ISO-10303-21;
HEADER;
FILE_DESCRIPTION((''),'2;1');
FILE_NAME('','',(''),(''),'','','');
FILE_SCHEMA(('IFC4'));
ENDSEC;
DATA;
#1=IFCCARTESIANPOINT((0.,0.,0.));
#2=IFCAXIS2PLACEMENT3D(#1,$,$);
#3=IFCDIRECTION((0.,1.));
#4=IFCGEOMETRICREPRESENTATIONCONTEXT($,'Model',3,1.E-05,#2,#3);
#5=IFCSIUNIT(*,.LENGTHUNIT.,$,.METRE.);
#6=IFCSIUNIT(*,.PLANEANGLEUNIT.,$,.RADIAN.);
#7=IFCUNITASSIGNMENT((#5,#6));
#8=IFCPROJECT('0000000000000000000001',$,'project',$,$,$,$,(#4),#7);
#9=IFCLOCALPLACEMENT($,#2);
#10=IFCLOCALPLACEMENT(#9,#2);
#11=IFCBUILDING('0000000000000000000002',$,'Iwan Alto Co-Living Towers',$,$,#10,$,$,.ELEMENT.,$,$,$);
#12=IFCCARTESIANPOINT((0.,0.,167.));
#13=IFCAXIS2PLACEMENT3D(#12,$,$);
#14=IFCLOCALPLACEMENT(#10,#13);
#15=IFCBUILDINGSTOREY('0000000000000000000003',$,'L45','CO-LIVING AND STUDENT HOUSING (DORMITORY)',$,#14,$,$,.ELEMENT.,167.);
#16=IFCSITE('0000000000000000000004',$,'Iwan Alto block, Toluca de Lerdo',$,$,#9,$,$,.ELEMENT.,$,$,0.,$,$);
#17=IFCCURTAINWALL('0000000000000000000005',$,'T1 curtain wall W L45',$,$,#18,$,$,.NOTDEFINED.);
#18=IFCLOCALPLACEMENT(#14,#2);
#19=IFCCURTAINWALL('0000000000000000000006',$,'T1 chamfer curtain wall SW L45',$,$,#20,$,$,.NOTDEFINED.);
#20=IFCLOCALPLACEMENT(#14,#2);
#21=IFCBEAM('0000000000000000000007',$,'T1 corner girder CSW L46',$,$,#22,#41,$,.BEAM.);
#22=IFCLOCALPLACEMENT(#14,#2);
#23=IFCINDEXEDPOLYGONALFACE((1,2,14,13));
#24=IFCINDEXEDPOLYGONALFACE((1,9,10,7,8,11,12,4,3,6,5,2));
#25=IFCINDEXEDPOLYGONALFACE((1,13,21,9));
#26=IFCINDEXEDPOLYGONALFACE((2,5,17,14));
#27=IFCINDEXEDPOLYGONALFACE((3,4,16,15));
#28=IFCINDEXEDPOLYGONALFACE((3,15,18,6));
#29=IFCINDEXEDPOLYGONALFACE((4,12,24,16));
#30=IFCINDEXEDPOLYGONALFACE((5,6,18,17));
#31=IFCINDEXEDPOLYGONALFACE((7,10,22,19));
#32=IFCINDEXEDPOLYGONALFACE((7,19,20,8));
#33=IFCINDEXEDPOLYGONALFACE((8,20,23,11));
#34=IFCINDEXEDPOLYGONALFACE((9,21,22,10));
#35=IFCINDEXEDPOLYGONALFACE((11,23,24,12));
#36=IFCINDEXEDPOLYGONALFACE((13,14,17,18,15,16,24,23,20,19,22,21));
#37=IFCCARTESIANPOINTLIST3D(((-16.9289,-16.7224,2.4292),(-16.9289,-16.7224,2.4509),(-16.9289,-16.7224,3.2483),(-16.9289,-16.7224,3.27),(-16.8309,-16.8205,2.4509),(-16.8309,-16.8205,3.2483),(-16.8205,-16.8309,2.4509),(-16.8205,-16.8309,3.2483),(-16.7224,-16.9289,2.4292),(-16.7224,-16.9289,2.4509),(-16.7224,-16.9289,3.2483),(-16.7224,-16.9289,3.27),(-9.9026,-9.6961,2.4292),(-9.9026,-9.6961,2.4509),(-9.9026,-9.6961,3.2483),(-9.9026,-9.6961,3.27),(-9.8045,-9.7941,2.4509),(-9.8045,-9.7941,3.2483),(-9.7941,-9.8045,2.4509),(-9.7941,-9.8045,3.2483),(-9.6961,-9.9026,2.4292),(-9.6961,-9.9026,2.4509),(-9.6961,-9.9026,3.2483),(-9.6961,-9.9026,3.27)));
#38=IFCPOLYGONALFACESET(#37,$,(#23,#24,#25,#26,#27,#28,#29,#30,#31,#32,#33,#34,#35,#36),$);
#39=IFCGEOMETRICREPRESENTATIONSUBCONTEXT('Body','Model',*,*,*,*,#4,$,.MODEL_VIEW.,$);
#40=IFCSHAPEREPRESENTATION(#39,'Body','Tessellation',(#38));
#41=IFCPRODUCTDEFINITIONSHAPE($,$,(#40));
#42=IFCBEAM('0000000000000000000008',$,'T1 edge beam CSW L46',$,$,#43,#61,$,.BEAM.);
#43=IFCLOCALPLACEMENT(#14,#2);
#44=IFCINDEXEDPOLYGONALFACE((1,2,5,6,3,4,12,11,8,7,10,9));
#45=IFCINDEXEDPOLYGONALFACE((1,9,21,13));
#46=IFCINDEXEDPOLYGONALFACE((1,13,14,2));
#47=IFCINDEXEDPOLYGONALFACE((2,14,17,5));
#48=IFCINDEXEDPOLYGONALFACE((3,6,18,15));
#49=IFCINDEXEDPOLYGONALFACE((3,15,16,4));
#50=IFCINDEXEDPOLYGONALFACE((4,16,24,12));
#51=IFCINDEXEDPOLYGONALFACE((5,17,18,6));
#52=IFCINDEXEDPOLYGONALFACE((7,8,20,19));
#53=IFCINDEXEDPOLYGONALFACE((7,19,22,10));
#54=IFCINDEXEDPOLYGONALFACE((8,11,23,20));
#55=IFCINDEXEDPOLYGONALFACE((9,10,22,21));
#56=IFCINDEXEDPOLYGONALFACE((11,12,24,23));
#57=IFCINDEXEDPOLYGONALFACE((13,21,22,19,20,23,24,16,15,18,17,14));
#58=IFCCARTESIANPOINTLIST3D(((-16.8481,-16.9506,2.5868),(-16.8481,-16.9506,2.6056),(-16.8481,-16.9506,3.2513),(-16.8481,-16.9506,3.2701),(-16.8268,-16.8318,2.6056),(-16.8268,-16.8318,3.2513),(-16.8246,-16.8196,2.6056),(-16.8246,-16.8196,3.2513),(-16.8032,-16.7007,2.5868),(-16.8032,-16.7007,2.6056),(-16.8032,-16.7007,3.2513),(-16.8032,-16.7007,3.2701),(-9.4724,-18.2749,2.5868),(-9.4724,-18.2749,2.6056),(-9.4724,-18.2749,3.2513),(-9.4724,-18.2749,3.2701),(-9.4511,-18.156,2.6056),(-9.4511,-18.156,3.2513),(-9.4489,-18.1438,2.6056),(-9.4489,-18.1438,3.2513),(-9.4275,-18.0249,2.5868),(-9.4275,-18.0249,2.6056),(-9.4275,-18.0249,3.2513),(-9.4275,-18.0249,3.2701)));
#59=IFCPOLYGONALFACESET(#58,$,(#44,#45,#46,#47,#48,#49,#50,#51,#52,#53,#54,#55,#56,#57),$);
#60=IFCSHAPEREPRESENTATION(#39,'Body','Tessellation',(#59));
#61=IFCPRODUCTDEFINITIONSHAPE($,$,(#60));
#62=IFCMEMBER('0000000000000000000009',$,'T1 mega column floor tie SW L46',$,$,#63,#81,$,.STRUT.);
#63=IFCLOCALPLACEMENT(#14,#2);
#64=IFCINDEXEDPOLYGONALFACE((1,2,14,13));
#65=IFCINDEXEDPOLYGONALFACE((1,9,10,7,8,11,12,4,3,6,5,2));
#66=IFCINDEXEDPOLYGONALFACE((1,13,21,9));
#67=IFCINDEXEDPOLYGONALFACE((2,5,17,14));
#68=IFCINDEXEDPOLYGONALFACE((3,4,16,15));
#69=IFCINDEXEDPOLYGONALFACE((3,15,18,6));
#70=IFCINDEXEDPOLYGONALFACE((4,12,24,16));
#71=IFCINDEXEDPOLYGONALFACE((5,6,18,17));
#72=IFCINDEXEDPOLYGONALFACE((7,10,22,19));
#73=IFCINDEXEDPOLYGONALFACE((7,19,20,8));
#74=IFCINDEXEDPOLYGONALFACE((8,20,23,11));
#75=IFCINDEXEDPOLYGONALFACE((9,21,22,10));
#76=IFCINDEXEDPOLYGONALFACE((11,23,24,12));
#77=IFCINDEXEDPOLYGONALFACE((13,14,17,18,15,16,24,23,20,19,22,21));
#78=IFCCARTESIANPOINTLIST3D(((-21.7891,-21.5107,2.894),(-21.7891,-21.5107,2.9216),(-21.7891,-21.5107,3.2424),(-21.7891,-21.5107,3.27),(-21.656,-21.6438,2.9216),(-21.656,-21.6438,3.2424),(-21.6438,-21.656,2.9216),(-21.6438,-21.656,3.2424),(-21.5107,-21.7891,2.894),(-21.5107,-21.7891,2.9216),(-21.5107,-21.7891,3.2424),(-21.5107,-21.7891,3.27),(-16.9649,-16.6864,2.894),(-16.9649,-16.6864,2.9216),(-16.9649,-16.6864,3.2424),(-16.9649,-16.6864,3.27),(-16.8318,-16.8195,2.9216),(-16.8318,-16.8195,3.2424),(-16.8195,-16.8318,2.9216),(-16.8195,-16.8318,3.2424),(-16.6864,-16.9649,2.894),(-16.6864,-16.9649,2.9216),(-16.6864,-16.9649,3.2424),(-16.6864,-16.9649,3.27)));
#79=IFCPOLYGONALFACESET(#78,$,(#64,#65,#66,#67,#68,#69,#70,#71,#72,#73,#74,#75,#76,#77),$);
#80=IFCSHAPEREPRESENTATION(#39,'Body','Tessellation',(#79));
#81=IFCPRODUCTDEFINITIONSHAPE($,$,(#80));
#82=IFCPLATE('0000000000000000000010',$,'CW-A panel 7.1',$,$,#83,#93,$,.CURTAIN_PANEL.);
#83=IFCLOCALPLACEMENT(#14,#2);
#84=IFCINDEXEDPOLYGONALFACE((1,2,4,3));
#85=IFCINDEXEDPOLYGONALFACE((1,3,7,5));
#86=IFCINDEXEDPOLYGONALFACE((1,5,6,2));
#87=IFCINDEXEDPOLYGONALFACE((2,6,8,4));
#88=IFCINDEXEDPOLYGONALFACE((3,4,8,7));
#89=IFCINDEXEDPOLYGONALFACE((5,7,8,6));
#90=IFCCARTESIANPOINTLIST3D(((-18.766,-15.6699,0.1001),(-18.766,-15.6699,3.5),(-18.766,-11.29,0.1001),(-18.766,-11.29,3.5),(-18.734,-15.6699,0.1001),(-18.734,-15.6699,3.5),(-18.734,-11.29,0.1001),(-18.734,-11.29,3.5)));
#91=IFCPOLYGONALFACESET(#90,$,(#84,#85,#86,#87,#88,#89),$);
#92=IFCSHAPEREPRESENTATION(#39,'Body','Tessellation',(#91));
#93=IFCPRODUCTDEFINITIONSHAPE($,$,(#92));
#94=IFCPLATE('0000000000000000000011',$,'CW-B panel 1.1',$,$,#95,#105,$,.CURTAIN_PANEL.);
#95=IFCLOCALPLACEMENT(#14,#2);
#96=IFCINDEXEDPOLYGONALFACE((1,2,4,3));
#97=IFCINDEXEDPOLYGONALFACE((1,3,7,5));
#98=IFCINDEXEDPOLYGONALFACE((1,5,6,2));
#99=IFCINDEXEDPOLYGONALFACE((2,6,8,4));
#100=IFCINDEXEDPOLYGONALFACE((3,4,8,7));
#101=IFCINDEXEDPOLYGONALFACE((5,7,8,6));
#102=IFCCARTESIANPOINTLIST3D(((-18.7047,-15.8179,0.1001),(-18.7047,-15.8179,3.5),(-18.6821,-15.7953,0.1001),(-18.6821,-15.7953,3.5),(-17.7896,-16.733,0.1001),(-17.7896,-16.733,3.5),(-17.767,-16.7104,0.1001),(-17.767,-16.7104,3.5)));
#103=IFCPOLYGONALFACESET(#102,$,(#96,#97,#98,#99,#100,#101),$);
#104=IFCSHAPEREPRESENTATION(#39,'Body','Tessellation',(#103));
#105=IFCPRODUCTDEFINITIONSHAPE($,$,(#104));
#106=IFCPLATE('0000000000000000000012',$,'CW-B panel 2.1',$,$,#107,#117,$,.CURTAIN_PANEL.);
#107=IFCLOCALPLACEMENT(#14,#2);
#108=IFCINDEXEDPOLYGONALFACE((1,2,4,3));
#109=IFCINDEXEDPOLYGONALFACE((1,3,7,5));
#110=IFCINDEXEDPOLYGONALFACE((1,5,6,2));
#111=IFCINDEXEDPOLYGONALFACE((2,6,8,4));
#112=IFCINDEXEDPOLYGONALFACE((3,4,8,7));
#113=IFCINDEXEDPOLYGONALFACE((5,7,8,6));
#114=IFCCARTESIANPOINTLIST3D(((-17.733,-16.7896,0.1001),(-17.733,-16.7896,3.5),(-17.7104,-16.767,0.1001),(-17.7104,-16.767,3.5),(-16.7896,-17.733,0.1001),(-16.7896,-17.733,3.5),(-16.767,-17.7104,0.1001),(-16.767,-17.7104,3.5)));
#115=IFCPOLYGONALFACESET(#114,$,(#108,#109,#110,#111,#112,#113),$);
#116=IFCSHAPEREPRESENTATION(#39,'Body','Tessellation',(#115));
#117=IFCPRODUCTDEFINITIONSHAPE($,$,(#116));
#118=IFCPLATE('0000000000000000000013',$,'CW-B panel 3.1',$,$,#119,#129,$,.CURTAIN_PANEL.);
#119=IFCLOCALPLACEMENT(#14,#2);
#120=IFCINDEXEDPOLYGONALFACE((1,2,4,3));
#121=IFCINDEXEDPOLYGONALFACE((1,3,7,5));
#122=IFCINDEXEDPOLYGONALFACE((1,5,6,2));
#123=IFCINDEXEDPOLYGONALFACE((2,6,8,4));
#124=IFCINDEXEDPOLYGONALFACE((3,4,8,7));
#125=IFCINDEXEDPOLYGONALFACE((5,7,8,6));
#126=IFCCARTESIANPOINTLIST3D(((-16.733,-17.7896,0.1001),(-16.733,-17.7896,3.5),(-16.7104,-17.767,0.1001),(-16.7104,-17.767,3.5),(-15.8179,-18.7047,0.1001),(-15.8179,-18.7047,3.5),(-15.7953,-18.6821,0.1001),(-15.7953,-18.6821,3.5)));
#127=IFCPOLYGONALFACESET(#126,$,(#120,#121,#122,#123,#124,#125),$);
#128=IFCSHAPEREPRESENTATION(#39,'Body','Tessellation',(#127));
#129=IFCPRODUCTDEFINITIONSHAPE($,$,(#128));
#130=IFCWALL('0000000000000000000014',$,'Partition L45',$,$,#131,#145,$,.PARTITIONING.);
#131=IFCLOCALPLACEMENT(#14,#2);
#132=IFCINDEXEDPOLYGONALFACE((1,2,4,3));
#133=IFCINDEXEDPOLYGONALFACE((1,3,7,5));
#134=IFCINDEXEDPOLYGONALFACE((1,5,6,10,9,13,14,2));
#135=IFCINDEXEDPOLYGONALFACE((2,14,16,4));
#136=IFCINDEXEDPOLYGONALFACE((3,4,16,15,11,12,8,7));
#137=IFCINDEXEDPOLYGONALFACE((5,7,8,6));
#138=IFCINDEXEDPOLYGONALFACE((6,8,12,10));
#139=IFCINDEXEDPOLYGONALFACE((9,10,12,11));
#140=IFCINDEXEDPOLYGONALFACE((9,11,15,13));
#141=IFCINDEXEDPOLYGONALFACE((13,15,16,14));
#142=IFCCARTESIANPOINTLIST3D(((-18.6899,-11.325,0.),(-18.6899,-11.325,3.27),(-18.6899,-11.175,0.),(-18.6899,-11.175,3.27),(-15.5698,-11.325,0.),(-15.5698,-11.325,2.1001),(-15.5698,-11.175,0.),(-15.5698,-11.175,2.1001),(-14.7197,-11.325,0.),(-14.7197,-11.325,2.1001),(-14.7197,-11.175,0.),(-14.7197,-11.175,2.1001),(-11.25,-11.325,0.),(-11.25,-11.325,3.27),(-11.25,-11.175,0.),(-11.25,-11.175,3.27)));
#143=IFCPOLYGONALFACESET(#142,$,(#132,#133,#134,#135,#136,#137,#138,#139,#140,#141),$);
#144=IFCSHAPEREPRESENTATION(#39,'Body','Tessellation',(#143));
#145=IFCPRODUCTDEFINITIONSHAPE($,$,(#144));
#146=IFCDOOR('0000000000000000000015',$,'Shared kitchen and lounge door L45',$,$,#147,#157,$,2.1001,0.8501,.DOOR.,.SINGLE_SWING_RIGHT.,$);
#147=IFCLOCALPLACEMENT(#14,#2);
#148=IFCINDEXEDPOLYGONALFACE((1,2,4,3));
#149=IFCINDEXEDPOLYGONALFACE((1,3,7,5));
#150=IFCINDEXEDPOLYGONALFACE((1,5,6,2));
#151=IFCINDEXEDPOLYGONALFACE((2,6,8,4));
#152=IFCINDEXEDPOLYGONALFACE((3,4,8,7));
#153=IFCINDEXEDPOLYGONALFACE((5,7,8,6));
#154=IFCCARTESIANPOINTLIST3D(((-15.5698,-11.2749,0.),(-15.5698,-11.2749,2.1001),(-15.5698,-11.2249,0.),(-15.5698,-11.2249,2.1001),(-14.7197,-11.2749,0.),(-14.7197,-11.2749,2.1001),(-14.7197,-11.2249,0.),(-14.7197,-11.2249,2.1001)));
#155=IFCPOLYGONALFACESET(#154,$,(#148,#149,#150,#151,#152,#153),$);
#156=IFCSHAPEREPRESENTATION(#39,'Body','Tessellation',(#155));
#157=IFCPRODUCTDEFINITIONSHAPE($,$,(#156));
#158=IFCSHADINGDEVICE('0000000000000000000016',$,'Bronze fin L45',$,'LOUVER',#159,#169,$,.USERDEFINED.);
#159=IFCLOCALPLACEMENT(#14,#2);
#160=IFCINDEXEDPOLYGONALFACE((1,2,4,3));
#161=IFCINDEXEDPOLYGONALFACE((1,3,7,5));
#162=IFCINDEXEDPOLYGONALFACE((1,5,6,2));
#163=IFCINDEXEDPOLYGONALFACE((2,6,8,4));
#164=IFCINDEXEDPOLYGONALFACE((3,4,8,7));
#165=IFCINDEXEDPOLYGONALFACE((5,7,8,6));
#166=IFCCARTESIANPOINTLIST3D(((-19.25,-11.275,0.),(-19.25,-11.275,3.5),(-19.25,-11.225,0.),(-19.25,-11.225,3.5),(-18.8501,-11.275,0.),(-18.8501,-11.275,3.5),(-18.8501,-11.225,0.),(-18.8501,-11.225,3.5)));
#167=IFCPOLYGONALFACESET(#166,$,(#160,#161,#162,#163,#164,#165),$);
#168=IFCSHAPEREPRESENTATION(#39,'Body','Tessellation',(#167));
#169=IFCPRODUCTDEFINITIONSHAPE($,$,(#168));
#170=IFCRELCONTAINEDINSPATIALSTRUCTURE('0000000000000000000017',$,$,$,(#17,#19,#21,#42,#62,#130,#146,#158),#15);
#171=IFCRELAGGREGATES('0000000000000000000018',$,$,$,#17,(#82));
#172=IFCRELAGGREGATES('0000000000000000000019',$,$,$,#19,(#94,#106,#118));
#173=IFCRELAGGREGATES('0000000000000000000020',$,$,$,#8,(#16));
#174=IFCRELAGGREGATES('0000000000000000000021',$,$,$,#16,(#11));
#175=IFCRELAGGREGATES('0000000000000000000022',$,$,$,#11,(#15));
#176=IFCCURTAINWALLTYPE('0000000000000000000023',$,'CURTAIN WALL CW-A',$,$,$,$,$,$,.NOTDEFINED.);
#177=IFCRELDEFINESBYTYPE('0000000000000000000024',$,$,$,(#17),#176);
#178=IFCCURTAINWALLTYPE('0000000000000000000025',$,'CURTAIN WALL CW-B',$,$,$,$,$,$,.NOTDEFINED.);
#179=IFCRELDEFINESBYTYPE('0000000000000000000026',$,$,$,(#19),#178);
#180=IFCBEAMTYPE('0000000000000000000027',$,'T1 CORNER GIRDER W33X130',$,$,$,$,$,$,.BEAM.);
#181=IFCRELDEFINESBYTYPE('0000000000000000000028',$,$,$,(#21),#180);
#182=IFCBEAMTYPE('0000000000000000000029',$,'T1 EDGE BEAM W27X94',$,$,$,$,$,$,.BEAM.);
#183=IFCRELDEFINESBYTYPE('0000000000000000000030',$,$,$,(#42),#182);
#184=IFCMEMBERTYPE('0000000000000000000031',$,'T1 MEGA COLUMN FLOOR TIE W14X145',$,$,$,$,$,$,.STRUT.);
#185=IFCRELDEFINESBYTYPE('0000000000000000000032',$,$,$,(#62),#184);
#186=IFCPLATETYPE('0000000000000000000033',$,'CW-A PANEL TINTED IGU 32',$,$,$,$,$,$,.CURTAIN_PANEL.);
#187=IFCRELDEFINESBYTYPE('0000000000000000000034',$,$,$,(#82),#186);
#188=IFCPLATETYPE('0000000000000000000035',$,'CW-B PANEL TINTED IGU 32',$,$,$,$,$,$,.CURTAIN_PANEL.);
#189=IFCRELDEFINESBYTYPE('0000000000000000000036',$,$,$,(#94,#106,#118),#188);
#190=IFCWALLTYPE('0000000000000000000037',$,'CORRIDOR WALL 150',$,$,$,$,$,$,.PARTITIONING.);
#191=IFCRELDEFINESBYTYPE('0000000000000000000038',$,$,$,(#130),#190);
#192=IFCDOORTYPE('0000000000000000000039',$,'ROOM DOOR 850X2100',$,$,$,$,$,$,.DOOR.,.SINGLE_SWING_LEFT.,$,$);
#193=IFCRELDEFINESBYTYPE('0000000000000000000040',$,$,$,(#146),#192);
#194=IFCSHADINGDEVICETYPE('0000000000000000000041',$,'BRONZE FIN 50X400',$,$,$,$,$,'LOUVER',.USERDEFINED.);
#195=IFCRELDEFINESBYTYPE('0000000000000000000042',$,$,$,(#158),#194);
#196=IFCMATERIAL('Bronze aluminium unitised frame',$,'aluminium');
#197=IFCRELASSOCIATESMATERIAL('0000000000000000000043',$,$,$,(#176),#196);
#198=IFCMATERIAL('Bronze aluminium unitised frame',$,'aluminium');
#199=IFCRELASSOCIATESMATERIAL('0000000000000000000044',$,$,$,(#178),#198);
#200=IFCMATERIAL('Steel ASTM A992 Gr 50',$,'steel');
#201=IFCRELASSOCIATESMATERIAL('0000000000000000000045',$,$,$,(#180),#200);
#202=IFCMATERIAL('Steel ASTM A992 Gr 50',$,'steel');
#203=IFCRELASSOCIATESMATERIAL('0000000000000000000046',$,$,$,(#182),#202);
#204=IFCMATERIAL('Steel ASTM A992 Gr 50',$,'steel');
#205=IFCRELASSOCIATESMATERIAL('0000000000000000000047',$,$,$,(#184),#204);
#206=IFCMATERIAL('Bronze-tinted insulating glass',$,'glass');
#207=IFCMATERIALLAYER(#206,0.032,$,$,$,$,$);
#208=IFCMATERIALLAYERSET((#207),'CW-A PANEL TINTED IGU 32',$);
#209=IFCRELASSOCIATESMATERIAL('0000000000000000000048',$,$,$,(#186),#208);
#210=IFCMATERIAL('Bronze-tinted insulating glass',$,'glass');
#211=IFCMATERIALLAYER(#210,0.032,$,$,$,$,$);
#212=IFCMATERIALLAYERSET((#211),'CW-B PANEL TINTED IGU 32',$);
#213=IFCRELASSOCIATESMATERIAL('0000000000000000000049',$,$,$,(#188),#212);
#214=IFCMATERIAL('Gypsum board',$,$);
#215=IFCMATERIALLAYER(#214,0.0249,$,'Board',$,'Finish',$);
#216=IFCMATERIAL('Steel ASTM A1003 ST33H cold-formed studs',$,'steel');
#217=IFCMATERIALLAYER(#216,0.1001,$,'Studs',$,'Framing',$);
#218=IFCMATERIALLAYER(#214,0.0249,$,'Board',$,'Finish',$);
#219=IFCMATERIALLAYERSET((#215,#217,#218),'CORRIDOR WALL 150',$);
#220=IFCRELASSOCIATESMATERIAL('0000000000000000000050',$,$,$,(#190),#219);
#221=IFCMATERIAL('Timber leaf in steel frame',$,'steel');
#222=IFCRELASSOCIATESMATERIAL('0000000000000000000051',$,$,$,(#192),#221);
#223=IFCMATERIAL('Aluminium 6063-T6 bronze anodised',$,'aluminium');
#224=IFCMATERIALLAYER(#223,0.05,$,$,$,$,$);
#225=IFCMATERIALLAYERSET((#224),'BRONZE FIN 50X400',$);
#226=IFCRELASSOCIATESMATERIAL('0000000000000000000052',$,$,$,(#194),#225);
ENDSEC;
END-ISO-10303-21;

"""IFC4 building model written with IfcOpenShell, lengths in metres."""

from ifc_helpers import new_model, si_unit, direction, frame, frame_2d, origin, origin_2d, place, context, subcontext, project, spatial, rectangle, i_section, extrude, material, layer, layer_set, material_profile, profile_set, type_object, element, fill, aggregate, save


model = new_model("IFC4")

# Units and contexts
model_context = context("Model", 3, precision=1e-05, world=origin(), true_north=direction((0.0, 1.0)))
body_context = subcontext(model_context, "Body", "Model", "MODEL_VIEW")
ifc_project = project(units=[si_unit("LENGTHUNIT", "METRE"), si_unit("PLANEANGLEUNIT", "RADIAN")], contexts=[model_context])

# Site, building, storey
site_placement = place(None, origin())
site = spatial("IfcSite", under=ifc_project, at=site_placement, Name="Iwan Alto block, Toluca de Lerdo", CompositionType="ELEMENT", RefElevation=0.0)
building_placement = place(site_placement, origin())
building = spatial("IfcBuilding", under=site, at=building_placement, Name="Iwan Alto Co-Living Towers", CompositionType="ELEMENT")
storey_placement = place(building_placement, frame((0.0, 0.0, 167.0)))
storey = spatial("IfcBuildingStorey", under=building, at=storey_placement, Name="L45", Description="CO-LIVING AND STUDENT HOUSING (DORMITORY)", CompositionType="ELEMENT", Elevation=167.0)

# Curtain walls
ifc_material_1 = material(Name="Bronze aluminium unitised frame", Category="aluminium")
curtain_wall_type_1 = type_object("IfcCurtainWallType", Name="CURTAIN WALL CW-A", PredefinedType="NOTDEFINED", material=ifc_material_1)
curtain_wall_1_placement = place(storey_placement, origin())
curtain_wall_1 = element("IfcCurtainWall", 1, at=curtain_wall_1_placement, inside=storey, type_object=curtain_wall_type_1, Name="T1 curtain wall W L45", PredefinedType="NOTDEFINED")
ifc_material_2 = material(Name="Bronze aluminium unitised frame", Category="aluminium")
curtain_wall_type_2 = type_object("IfcCurtainWallType", Name="CURTAIN WALL CW-B", PredefinedType="NOTDEFINED", material=ifc_material_2)
curtain_wall_2_placement = place(storey_placement, origin())
curtain_wall_2 = element("IfcCurtainWall", 2, at=curtain_wall_2_placement, inside=storey, type_object=curtain_wall_type_2, Name="T1 chamfer curtain wall SW L45", PredefinedType="NOTDEFINED")

# Beams
ifc_material_3 = material(Name="Steel ASTM A992 Gr 50", Category="steel")
ifc_material_profile_1 = material_profile(ifc_material_3, i_section(OverallWidth=0.292, OverallDepth=0.8408, WebThickness=0.0146, FlangeThickness=0.0217, at=origin_2d()), Name="W33X130")
ifc_profile_set_1 = profile_set([ifc_material_profile_1], Name="Steel ASTM A992 Gr 50")
beam_type_1 = type_object("IfcBeamType", Name="T1 CORNER GIRDER W33X130", PredefinedType="BEAM", material=ifc_profile_set_1)
beam_1_placement = place(storey_placement, frame((-16.8257, -16.8257, 2.8496), z_axis=(0.707107, 0.707107, 0.0), x_axis=(-0.707107, 0.707107, 0.0)))
element("IfcBeam", 3, at=beam_1_placement, inside=storey, type_object=beam_type_1, Name="T1 corner girder CSW L46", PredefinedType="BEAM", context=body_context, shape_type="SweptSolid", body=[
    extrude(i_section(OverallWidth=0.292, OverallDepth=0.8408, WebThickness=0.0146, FlangeThickness=0.0217, at=origin_2d()), origin(), (0.0, 0.0, 1.0), 9.9368),
])
ifc_material_4 = material(Name="Steel ASTM A992 Gr 50", Category="steel")
ifc_material_profile_2 = material_profile(ifc_material_4, i_section(OverallWidth=0.2539, OverallDepth=0.6833, WebThickness=0.0125, FlangeThickness=0.0188, at=origin_2d()), Name="W27X94")
ifc_profile_set_2 = profile_set([ifc_material_profile_2], Name="Steel ASTM A992 Gr 50")
beam_type_2 = type_object("IfcBeamType", Name="T1 EDGE BEAM W27X94", PredefinedType="BEAM", material=ifc_profile_set_2)
beam_2_placement = place(storey_placement, frame((-16.8257, -16.8257, 2.9285), z_axis=(0.984263, -0.176712, 0.0), x_axis=(0.176712, 0.984263, 0.0)))
element("IfcBeam", 4, at=beam_2_placement, inside=storey, type_object=beam_type_2, Name="T1 edge beam CSW L46", PredefinedType="BEAM", context=body_context, shape_type="SweptSolid", body=[
    extrude(i_section(OverallWidth=0.2539, OverallDepth=0.6833, WebThickness=0.0125, FlangeThickness=0.0188, at=origin_2d()), origin(), (0.0, 0.0, 1.0), 7.4937),
])

# Member
ifc_material_5 = material(Name="Steel ASTM A992 Gr 50", Category="steel")
ifc_material_profile_3 = material_profile(ifc_material_5, i_section(OverallWidth=0.3938, OverallDepth=0.376, WebThickness=0.0173, FlangeThickness=0.0276, at=origin_2d()), Name="W14X145")
ifc_profile_set_3 = profile_set([ifc_material_profile_3], Name="Steel ASTM A992 Gr 50")
member_type_1 = type_object("IfcMemberType", Name="T1 MEGA COLUMN FLOOR TIE W14X145", PredefinedType="STRUT", material=ifc_profile_set_3)
member_1_placement = place(storey_placement, frame((-21.6499, -21.6499, 3.082), z_axis=(0.707107, 0.707107, 0.0), x_axis=(-0.707107, 0.707107, 0.0)))
element("IfcMember", 5, at=member_1_placement, inside=storey, type_object=member_type_1, Name="T1 mega column floor tie SW L46", PredefinedType="STRUT", context=body_context, shape_type="SweptSolid", body=[
    extrude(i_section(OverallWidth=0.3938, OverallDepth=0.376, WebThickness=0.0173, FlangeThickness=0.0276, at=origin_2d()), origin(), (0.0, 0.0, 1.0), 6.8225),
])

# Plates
ifc_material_6 = material(Name="Bronze-tinted insulating glass", Category="glass")
ifc_layer_1 = layer(ifc_material_6, 0.032)
ifc_layer_set_1 = layer_set([ifc_layer_1], Name="CW-A PANEL TINTED IGU 32")
plate_type_1 = type_object("IfcPlateType", Name="CW-A PANEL TINTED IGU 32", PredefinedType="CURTAIN_PANEL", material=ifc_layer_set_1)
plate_1_placement = place(storey_placement, frame((-18.75, -13.48, 0.1001), z_axis=(0.0, 0.0, 1.0), x_axis=(0.0, -1.0, 0.0)))
plate_1 = element("IfcPlate", 6, at=plate_1_placement, type_object=plate_type_1, Name="CW-A panel 7.1", PredefinedType="CURTAIN_PANEL", context=body_context, shape_type="SweptSolid", body=[
    extrude(rectangle(XDim=4.3799, YDim=0.032, at=origin_2d()), origin(), (0.0, 0.0, 1.0), 3.3999),
])
aggregate(curtain_wall_1, [plate_1])
ifc_material_7 = material(Name="Bronze-tinted insulating glass", Category="glass")
ifc_layer_2 = layer(ifc_material_7, 0.032)
ifc_layer_set_2 = layer_set([ifc_layer_2], Name="CW-B PANEL TINTED IGU 32")
plate_type_2 = type_object("IfcPlateType", Name="CW-B PANEL TINTED IGU 32", PredefinedType="CURTAIN_PANEL", material=ifc_layer_set_2)
plate_2_placement = place(storey_placement, frame((-18.2358, -16.2642, 0.1001), z_axis=(0.0, 0.0, 1.0), x_axis=(0.707107, -0.707107, 0.0)))
plate_2 = element("IfcPlate", 7, at=plate_2_placement, type_object=plate_type_2, Name="CW-B panel 1.1", PredefinedType="CURTAIN_PANEL", context=body_context, shape_type="SweptSolid", body=[
    extrude(rectangle(XDim=1.2942, YDim=0.032, at=origin_2d()), origin(), (0.0, 0.0, 1.0), 3.3999),
])
plate_3_placement = place(storey_placement, frame((-17.25, -17.25, 0.1001), z_axis=(0.0, 0.0, 1.0), x_axis=(0.707107, -0.707107, 0.0)))
plate_3 = element("IfcPlate", 8, at=plate_3_placement, type_object=plate_type_2, Name="CW-B panel 2.1", PredefinedType="CURTAIN_PANEL", context=body_context, shape_type="SweptSolid", body=[
    extrude(rectangle(XDim=1.3342, YDim=0.032, at=origin_2d()), origin(), (0.0, 0.0, 1.0), 3.3999),
])
plate_4_placement = place(storey_placement, frame((-16.2642, -18.2358, 0.1001), z_axis=(0.0, 0.0, 1.0), x_axis=(0.707107, -0.707107, 0.0)))
plate_4 = element("IfcPlate", 9, at=plate_4_placement, type_object=plate_type_2, Name="CW-B panel 3.1", PredefinedType="CURTAIN_PANEL", context=body_context, shape_type="SweptSolid", body=[
    extrude(rectangle(XDim=1.2942, YDim=0.032, at=origin_2d()), origin(), (0.0, 0.0, 1.0), 3.3999),
])
aggregate(curtain_wall_2, [plate_2, plate_3, plate_4])

# Wall, opening, door
ifc_material_8 = material(Name="Gypsum board")
ifc_layer_3 = layer(ifc_material_8, 0.0249, Name="Board", Category="Finish")
ifc_material_9 = material(Name="Steel ASTM A1003 ST33H cold-formed studs", Category="steel")
ifc_layer_4 = layer(ifc_material_9, 0.1001, Name="Studs", Category="Framing")
ifc_layer_5 = layer(ifc_material_8, 0.0249, Name="Board", Category="Finish")
ifc_layer_set_3 = layer_set([ifc_layer_3, ifc_layer_4, ifc_layer_5], Name="CORRIDOR WALL 150")
wall_type = type_object("IfcWallType", Name="CORRIDOR WALL 150", PredefinedType="PARTITIONING", material=ifc_layer_set_3)
wall_placement = place(storey_placement, frame((-18.6899, -11.25, 0.0), z_axis=(0.0, 0.0, 1.0), x_axis=(1.0, 0.0, 0.0)))
wall = element("IfcWall", 10, at=wall_placement, inside=storey, type_object=wall_type, Name="Partition L45", PredefinedType="PARTITIONING", context=body_context, shape_type="SweptSolid", body=[
    extrude(rectangle(XDim=7.4399, YDim=0.1499, at=frame_2d((3.72, 0.0))), origin(), (0.0, 0.0, 1.0), 3.27),
])
opening_placement = place(wall_placement, frame((3.1201, 0.0, 0.0)))
opening = element("IfcOpeningElement", 11, at=opening_placement, cuts=wall, PredefinedType="OPENING", context=body_context, shape_type="SweptSolid", body=[
    extrude(rectangle(XDim=0.8501, YDim=2.1001, at=frame_2d((0.425, 1.05))), frame((0.0, 0.085, 0.0), z_axis=(0.0, -1.0, 0.0), x_axis=(1.0, 0.0, 0.0)), (0.0, 0.0, 1.0), 0.1699),
])
ifc_material_10 = material(Name="Timber leaf in steel frame", Category="steel")
door_type = type_object("IfcDoorType", Name="ROOM DOOR 850X2100", OperationType="SINGLE_SWING_LEFT", PredefinedType="DOOR", material=ifc_material_10)
door_placement = place(opening_placement, frame((0.8501, 0.0, 0.0), z_axis=(0.0, 0.0, 1.0), x_axis=(-1.0, 0.0, 0.0)))
door = element("IfcDoor", 12, at=door_placement, inside=storey, type_object=door_type, Name="Shared kitchen and lounge door L45", OperationType="SINGLE_SWING_RIGHT", OverallHeight=2.1001, OverallWidth=0.8501, PredefinedType="DOOR", context=body_context, shape_type="SweptSolid", body=[
    extrude(rectangle(XDim=0.8501, YDim=2.1001, at=frame_2d((0.425, 1.05))), frame((0.0, 0.0249, 0.0), z_axis=(0.0, -1.0, 0.0), x_axis=(1.0, 0.0, 0.0)), (0.0, 0.0, 1.0), 0.05),
])
fill(opening, door)

# Shading device
ifc_material_11 = material(Name="Aluminium 6063-T6 bronze anodised", Category="aluminium")
ifc_layer_6 = layer(ifc_material_11, 0.05)
ifc_layer_set_4 = layer_set([ifc_layer_6], Name="BRONZE FIN 50X400")
shading_device_type = type_object("IfcShadingDeviceType", Name="BRONZE FIN 50X400", ElementType="LOUVER", PredefinedType="USERDEFINED", material=ifc_layer_set_4)
shading_device_placement = place(storey_placement, frame((-19.05, -11.25, 0.0), z_axis=(0.0, 0.0, 1.0), x_axis=(0.0, -1.0, 0.0)))
element("IfcShadingDevice", 13, at=shading_device_placement, inside=storey, type_object=shading_device_type, Name="Bronze fin L45", ObjectType="LOUVER", PredefinedType="USERDEFINED", context=body_context, shape_type="SweptSolid", body=[
    extrude(rectangle(XDim=0.05, YDim=0.3999, at=origin_2d()), origin(), (0.0, 0.0, 1.0), 3.5),
])

save(model, "model.ifc")
